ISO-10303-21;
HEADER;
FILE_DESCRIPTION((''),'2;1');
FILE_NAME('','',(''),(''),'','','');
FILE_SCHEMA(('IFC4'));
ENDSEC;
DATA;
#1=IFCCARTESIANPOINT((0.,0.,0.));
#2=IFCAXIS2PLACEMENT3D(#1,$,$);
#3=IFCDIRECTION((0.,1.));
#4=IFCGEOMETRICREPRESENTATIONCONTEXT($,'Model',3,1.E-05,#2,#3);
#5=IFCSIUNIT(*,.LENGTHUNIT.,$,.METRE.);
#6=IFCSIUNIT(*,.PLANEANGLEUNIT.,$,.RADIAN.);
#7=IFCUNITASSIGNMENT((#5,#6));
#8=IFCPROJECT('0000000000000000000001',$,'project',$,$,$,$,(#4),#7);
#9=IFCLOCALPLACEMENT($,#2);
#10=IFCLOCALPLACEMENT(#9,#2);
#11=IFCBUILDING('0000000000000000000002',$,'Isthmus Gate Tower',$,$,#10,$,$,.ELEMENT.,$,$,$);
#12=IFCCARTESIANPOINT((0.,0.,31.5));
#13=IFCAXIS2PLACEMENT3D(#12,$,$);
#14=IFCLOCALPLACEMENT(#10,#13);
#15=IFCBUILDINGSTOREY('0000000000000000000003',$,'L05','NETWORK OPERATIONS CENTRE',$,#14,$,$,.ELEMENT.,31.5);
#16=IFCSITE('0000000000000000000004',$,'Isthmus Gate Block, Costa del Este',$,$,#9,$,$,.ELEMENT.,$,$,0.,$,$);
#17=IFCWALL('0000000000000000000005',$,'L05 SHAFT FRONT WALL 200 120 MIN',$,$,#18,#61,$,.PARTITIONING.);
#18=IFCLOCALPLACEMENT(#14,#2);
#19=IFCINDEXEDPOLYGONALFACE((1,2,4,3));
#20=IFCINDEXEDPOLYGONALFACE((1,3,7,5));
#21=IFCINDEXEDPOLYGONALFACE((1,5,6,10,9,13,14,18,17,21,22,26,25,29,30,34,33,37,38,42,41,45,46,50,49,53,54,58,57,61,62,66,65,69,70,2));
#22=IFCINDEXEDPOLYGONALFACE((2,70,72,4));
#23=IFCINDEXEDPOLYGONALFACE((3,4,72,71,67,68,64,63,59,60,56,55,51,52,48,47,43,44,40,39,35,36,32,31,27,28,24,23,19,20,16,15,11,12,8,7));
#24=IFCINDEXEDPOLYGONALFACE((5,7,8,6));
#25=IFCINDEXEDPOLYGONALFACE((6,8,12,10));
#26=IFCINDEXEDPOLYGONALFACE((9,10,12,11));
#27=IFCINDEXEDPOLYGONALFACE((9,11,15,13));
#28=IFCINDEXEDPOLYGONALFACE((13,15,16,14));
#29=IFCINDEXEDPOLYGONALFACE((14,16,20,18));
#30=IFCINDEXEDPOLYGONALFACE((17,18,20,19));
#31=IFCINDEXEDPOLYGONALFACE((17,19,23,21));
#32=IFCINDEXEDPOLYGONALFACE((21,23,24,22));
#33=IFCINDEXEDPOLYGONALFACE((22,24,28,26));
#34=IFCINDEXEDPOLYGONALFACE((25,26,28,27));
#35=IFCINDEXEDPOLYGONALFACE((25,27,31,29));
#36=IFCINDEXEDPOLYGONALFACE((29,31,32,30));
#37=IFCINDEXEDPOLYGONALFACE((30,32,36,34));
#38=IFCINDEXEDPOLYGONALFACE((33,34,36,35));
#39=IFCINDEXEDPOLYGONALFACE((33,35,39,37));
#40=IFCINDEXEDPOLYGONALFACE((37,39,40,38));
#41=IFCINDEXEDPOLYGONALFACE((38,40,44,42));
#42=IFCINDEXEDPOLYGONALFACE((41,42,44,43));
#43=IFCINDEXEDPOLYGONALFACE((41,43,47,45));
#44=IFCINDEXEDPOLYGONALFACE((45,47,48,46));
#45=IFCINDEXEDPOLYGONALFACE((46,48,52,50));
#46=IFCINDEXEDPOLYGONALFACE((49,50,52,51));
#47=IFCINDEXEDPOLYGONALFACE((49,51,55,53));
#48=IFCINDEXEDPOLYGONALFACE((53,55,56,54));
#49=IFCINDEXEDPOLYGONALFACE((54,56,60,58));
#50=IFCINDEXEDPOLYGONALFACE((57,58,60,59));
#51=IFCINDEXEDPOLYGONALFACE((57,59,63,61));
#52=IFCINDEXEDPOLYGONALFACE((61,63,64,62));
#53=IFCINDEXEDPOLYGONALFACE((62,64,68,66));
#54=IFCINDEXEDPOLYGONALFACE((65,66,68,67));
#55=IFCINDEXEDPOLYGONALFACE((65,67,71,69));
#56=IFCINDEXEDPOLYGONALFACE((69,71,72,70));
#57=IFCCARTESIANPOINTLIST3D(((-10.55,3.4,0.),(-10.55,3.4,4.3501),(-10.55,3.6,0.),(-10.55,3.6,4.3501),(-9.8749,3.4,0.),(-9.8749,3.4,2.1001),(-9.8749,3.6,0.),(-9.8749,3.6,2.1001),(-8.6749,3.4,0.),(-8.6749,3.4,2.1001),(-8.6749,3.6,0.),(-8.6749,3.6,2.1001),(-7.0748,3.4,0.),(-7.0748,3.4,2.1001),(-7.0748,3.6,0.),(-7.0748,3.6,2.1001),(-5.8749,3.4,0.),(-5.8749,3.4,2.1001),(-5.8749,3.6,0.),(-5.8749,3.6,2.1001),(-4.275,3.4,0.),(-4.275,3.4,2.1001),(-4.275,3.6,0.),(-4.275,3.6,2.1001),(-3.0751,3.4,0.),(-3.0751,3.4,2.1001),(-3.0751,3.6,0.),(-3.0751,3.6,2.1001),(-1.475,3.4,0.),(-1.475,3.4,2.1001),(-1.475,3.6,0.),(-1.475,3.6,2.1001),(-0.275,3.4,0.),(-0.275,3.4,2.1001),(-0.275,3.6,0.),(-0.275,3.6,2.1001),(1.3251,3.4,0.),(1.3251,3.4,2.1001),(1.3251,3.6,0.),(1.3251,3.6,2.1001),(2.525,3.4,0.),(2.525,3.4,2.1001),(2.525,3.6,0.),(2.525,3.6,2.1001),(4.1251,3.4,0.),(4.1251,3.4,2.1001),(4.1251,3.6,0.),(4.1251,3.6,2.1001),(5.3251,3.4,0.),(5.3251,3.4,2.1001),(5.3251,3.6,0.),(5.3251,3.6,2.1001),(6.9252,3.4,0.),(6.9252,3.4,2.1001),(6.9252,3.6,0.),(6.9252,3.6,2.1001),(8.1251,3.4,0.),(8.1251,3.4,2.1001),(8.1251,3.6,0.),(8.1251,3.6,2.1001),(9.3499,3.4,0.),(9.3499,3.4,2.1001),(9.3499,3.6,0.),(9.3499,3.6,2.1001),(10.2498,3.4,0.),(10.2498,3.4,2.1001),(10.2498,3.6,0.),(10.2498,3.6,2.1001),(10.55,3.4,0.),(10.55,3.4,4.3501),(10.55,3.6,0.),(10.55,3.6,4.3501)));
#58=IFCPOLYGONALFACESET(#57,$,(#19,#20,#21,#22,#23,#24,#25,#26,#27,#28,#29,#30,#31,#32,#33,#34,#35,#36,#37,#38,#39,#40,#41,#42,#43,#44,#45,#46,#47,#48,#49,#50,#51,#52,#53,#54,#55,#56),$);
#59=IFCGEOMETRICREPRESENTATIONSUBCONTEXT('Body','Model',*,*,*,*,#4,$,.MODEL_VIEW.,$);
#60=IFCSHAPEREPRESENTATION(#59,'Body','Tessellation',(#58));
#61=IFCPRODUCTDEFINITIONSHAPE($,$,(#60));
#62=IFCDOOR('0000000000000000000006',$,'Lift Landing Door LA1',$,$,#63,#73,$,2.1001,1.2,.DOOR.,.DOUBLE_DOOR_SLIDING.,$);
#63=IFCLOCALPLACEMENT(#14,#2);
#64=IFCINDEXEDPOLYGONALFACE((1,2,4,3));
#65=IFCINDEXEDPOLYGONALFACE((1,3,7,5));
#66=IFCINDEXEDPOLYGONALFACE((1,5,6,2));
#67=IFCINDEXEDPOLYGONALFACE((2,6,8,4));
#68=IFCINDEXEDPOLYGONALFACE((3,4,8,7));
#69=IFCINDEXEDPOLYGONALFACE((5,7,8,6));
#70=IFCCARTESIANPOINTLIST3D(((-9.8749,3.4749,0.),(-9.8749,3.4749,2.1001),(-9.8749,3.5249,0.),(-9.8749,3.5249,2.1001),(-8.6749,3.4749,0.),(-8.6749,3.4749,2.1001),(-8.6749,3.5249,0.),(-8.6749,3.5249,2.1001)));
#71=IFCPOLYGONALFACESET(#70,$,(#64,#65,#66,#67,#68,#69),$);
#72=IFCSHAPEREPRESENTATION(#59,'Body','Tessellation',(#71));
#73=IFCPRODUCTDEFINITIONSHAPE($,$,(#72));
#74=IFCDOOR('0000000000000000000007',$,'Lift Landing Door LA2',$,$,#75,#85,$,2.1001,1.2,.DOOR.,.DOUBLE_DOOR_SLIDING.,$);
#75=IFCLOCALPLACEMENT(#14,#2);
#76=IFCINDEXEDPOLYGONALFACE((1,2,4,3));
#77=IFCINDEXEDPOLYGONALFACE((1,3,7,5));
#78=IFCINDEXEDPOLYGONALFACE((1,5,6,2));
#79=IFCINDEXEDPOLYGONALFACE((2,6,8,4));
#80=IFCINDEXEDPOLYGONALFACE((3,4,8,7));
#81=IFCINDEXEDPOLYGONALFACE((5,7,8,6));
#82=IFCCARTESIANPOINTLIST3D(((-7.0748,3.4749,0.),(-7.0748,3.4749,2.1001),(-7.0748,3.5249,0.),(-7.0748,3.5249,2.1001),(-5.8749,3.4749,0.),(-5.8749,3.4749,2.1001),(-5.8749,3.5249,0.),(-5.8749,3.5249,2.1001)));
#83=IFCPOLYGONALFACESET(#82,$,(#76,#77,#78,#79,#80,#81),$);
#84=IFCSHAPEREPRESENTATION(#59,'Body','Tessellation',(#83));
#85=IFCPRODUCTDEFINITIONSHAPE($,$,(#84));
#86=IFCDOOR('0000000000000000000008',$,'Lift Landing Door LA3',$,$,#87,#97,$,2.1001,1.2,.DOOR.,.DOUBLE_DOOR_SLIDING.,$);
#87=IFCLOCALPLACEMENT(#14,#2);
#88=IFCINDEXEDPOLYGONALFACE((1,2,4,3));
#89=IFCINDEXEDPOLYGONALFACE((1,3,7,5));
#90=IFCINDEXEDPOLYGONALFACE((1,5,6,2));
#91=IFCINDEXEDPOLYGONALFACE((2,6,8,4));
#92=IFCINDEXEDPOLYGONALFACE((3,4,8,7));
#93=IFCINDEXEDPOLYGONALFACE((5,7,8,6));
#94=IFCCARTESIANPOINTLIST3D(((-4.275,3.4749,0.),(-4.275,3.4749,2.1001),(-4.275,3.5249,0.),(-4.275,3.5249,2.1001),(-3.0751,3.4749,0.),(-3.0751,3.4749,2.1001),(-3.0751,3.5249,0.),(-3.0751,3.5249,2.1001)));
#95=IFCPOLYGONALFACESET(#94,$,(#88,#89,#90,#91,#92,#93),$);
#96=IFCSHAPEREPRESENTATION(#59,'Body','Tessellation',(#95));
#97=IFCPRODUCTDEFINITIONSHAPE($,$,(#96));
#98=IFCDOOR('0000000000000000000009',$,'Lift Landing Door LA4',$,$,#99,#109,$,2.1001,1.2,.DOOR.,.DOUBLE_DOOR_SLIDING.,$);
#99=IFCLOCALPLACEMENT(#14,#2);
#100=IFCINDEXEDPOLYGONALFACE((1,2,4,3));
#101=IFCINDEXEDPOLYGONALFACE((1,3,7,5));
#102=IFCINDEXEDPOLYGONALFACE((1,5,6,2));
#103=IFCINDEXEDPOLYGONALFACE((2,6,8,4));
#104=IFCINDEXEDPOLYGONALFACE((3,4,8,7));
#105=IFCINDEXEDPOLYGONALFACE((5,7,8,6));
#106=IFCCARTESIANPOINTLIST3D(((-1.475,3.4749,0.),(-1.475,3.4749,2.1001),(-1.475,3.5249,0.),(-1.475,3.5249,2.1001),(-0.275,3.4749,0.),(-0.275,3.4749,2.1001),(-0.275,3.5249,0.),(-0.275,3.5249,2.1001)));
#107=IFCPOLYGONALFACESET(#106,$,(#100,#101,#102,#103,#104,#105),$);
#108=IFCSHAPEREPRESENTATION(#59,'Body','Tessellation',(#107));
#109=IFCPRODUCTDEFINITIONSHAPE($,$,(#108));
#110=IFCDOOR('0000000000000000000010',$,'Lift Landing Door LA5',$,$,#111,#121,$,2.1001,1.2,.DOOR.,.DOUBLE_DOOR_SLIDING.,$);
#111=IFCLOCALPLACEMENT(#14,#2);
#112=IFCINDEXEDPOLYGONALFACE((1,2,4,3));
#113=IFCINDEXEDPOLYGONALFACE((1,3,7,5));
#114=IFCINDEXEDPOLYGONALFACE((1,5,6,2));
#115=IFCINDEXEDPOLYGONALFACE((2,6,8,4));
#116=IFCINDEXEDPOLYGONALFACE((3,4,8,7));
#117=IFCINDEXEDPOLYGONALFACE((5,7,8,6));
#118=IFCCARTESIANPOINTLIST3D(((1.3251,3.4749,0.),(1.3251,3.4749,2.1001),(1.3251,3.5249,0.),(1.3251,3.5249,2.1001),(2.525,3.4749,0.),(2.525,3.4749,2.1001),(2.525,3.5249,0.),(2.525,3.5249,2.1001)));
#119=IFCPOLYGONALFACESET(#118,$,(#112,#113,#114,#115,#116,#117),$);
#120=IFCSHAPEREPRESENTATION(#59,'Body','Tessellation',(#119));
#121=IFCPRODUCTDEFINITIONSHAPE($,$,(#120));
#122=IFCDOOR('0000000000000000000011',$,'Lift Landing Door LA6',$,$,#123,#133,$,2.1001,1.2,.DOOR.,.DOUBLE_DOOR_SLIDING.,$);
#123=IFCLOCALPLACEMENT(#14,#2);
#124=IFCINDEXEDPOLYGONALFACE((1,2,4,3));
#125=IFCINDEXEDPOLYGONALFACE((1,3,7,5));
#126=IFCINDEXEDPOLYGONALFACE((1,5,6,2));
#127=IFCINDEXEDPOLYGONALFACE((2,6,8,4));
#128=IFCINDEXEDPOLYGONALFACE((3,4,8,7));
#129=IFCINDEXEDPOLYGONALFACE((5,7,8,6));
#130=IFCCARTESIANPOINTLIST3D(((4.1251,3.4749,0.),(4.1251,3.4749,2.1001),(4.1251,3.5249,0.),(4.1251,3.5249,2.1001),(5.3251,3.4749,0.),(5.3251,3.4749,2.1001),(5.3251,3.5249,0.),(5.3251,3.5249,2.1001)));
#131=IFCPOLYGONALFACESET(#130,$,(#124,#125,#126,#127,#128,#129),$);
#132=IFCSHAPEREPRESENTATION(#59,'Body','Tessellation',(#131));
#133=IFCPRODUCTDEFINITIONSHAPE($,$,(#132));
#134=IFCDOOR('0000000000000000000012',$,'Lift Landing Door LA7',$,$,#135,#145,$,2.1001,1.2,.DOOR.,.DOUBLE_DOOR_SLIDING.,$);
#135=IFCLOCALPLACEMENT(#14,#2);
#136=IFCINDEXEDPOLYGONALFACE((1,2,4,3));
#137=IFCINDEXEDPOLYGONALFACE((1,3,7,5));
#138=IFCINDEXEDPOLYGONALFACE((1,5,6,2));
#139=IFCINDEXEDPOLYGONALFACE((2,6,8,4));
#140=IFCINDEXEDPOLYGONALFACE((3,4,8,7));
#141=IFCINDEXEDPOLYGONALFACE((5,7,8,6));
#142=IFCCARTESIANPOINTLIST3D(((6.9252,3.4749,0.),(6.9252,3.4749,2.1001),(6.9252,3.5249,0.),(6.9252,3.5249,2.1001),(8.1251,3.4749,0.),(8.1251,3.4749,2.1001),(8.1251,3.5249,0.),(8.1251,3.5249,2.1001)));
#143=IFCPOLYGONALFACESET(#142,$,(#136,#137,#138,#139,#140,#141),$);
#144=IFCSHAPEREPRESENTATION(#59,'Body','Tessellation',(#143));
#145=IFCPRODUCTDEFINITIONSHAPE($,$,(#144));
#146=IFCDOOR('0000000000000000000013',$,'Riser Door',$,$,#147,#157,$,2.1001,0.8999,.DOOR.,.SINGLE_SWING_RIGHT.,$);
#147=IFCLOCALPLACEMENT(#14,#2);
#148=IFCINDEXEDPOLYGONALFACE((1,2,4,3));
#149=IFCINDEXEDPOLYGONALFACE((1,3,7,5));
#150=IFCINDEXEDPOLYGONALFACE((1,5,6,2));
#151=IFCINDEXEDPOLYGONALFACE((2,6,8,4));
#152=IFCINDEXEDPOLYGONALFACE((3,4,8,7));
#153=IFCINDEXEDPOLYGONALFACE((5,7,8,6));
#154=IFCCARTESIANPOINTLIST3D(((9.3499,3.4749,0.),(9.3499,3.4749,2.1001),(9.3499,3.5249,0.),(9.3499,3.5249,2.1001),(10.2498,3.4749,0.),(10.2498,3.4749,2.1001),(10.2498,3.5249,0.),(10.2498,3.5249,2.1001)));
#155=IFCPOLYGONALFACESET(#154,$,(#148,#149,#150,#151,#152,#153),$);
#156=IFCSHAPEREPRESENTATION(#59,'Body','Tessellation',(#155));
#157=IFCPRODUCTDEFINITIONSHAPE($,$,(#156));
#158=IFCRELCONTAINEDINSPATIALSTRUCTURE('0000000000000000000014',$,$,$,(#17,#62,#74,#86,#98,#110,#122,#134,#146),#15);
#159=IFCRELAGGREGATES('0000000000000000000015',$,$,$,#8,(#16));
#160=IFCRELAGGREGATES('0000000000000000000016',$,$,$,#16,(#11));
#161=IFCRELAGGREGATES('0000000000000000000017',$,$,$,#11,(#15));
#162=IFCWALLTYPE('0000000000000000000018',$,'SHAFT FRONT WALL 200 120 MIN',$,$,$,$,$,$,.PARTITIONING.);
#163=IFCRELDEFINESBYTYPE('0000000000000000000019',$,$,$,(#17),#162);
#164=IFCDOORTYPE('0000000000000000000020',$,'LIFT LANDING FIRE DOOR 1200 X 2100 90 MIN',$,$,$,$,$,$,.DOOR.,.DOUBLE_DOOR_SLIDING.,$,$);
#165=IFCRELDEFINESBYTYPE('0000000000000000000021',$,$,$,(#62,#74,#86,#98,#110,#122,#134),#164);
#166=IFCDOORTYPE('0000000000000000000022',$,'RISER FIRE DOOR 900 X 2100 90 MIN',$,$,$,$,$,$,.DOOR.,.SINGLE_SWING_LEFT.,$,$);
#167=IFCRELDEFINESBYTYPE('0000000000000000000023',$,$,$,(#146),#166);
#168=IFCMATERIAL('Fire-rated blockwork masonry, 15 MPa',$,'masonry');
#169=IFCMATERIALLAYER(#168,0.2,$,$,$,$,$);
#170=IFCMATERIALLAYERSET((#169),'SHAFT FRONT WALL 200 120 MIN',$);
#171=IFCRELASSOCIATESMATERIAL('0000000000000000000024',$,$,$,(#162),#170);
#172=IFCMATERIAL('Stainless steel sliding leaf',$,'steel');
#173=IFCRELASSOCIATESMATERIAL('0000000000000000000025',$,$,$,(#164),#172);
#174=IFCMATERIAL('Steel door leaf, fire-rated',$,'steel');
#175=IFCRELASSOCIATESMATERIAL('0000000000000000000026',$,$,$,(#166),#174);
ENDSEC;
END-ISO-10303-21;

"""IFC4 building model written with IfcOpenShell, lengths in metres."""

from ifc_helpers import new_model, si_unit, direction, frame, frame_2d, origin, place, context, subcontext, project, spatial, rectangle, extrude, material, layer, layer_set, type_object, element, fill, save


model = new_model("IFC4")

# Units and contexts
model_context = context("Model", 3, precision=1e-05, world=origin(), true_north=direction((0.0, 1.0)))
body_context = subcontext(model_context, "Body", "Model", "MODEL_VIEW")
ifc_project = project(units=[si_unit("LENGTHUNIT", "METRE"), si_unit("PLANEANGLEUNIT", "RADIAN")], contexts=[model_context])

# Site, building, storey
site_placement = place(None, origin())
site = spatial("IfcSite", under=ifc_project, at=site_placement, Name="Isthmus Gate Block, Costa del Este", CompositionType="ELEMENT", RefElevation=0.0)
building_placement = place(site_placement, origin())
building = spatial("IfcBuilding", under=site, at=building_placement, Name="Isthmus Gate Tower", CompositionType="ELEMENT")
storey_placement = place(building_placement, frame((0.0, 0.0, 31.5)))
storey = spatial("IfcBuildingStorey", under=building, at=storey_placement, Name="L05", Description="NETWORK OPERATIONS CENTRE", CompositionType="ELEMENT", Elevation=31.5)

# Wall, openings, doors
ifc_material_1 = material(Name="Fire-rated blockwork masonry, 15 MPa", Category="masonry")
ifc_layer_1 = layer(ifc_material_1, 0.2)
ifc_layer_set_1 = layer_set([ifc_layer_1], Name="SHAFT FRONT WALL 200 120 MIN")
wall_type_1 = type_object("IfcWallType", Name="SHAFT FRONT WALL 200 120 MIN", PredefinedType="PARTITIONING", material=ifc_layer_set_1)
wall_1_placement = place(storey_placement, frame((-10.55, 3.5, 0.0), z_axis=(0.0, 0.0, 1.0), x_axis=(1.0, 0.0, 0.0)))
wall_1 = element("IfcWall", 1, at=wall_1_placement, inside=storey, type_object=wall_type_1, Name="L05 SHAFT FRONT WALL 200 120 MIN", PredefinedType="PARTITIONING", context=body_context, shape_type="SweptSolid", body=[
    extrude(rectangle(XDim=21.1001, YDim=0.2, at=frame_2d((10.55, 0.0))), origin(), (0.0, 0.0, 1.0), 4.3501),
])
opening_1_placement = place(wall_1_placement, frame((0.675, 0.0, 0.0)))
opening_1 = element("IfcOpeningElement", 2, at=opening_1_placement, cuts=wall_1, PredefinedType="OPENING", context=body_context, shape_type="SweptSolid", body=[
    extrude(rectangle(XDim=1.2, YDim=2.1001, at=frame_2d((0.6001, 1.05))), frame((0.0, 0.1099, 0.0), z_axis=(0.0, -1.0, 0.0), x_axis=(1.0, 0.0, 0.0)), (0.0, 0.0, 1.0), 0.22),
])
opening_2_placement = place(wall_1_placement, frame((3.4751, 0.0, 0.0)))
opening_2 = element("IfcOpeningElement", 3, at=opening_2_placement, cuts=wall_1, PredefinedType="OPENING", context=body_context, shape_type="SweptSolid", body=[
    extrude(rectangle(XDim=1.2, YDim=2.1001, at=frame_2d((0.6001, 1.05))), frame((0.0, 0.1099, 0.0), z_axis=(0.0, -1.0, 0.0), x_axis=(1.0, 0.0, 0.0)), (0.0, 0.0, 1.0), 0.22),
])
opening_3_placement = place(wall_1_placement, frame((6.2749, 0.0, 0.0)))
opening_3 = element("IfcOpeningElement", 4, at=opening_3_placement, cuts=wall_1, PredefinedType="OPENING", context=body_context, shape_type="SweptSolid", body=[
    extrude(rectangle(XDim=1.2, YDim=2.1001, at=frame_2d((0.6001, 1.05))), frame((0.0, 0.1099, 0.0), z_axis=(0.0, -1.0, 0.0), x_axis=(1.0, 0.0, 0.0)), (0.0, 0.0, 1.0), 0.22),
])
opening_4_placement = place(wall_1_placement, frame((9.075, 0.0, 0.0)))
opening_4 = element("IfcOpeningElement", 5, at=opening_4_placement, cuts=wall_1, PredefinedType="OPENING", context=body_context, shape_type="SweptSolid", body=[
    extrude(rectangle(XDim=1.2, YDim=2.1001, at=frame_2d((0.6001, 1.05))), frame((0.0, 0.1099, 0.0), z_axis=(0.0, -1.0, 0.0), x_axis=(1.0, 0.0, 0.0)), (0.0, 0.0, 1.0), 0.22),
])
opening_5_placement = place(wall_1_placement, frame((11.875, 0.0, 0.0)))
opening_5 = element("IfcOpeningElement", 6, at=opening_5_placement, cuts=wall_1, PredefinedType="OPENING", context=body_context, shape_type="SweptSolid", body=[
    extrude(rectangle(XDim=1.2, YDim=2.1001, at=frame_2d((0.6001, 1.05))), frame((0.0, 0.1099, 0.0), z_axis=(0.0, -1.0, 0.0), x_axis=(1.0, 0.0, 0.0)), (0.0, 0.0, 1.0), 0.22),
])
opening_6_placement = place(wall_1_placement, frame((14.675, 0.0, 0.0)))
opening_6 = element("IfcOpeningElement", 7, at=opening_6_placement, cuts=wall_1, PredefinedType="OPENING", context=body_context, shape_type="SweptSolid", body=[
    extrude(rectangle(XDim=1.2, YDim=2.1001, at=frame_2d((0.6001, 1.05))), frame((0.0, 0.1099, 0.0), z_axis=(0.0, -1.0, 0.0), x_axis=(1.0, 0.0, 0.0)), (0.0, 0.0, 1.0), 0.22),
])
opening_7_placement = place(wall_1_placement, frame((17.4751, 0.0, 0.0)))
opening_7 = element("IfcOpeningElement", 8, at=opening_7_placement, cuts=wall_1, PredefinedType="OPENING", context=body_context, shape_type="SweptSolid", body=[
    extrude(rectangle(XDim=1.2, YDim=2.1001, at=frame_2d((0.6001, 1.05))), frame((0.0, 0.1099, 0.0), z_axis=(0.0, -1.0, 0.0), x_axis=(1.0, 0.0, 0.0)), (0.0, 0.0, 1.0), 0.22),
])
opening_8_placement = place(wall_1_placement, frame((19.8999, 0.0, 0.0)))
opening_8 = element("IfcOpeningElement", 9, at=opening_8_placement, cuts=wall_1, PredefinedType="OPENING", context=body_context, shape_type="SweptSolid", body=[
    extrude(rectangle(XDim=0.8999, YDim=2.1001, at=frame_2d((0.45, 1.05))), frame((0.0, 0.1099, 0.0), z_axis=(0.0, -1.0, 0.0), x_axis=(1.0, 0.0, 0.0)), (0.0, 0.0, 1.0), 0.22),
])
ifc_material_2 = material(Name="Stainless steel sliding leaf", Category="steel")
door_type_1 = type_object("IfcDoorType", Name="LIFT LANDING FIRE DOOR 1200 X 2100 90 MIN", OperationType="DOUBLE_DOOR_SLIDING", PredefinedType="DOOR", material=ifc_material_2)
door_1_placement = place(opening_1_placement, origin())
door_1 = element("IfcDoor", 10, at=door_1_placement, inside=storey, type_object=door_type_1, Name="Lift Landing Door LA1", OperationType="DOUBLE_DOOR_SLIDING", OverallHeight=2.1001, OverallWidth=1.2, PredefinedType="DOOR", context=body_context, shape_type="SweptSolid", body=[
    extrude(rectangle(XDim=1.2, YDim=2.1001, at=frame_2d((0.6001, 1.05))), frame((0.0, 0.0249, 0.0), z_axis=(0.0, -1.0, 0.0), x_axis=(1.0, 0.0, 0.0)), (0.0, 0.0, 1.0), 0.05),
])
fill(opening_1, door_1)
door_2_placement = place(opening_2_placement, origin())
door_2 = element("IfcDoor", 11, at=door_2_placement, inside=storey, type_object=door_type_1, Name="Lift Landing Door LA2", OperationType="DOUBLE_DOOR_SLIDING", OverallHeight=2.1001, OverallWidth=1.2, PredefinedType="DOOR", context=body_context, shape_type="SweptSolid", body=[
    extrude(rectangle(XDim=1.2, YDim=2.1001, at=frame_2d((0.6001, 1.05))), frame((0.0, 0.0249, 0.0), z_axis=(0.0, -1.0, 0.0), x_axis=(1.0, 0.0, 0.0)), (0.0, 0.0, 1.0), 0.05),
])
fill(opening_2, door_2)
door_3_placement = place(opening_3_placement, origin())
door_3 = element("IfcDoor", 12, at=door_3_placement, inside=storey, type_object=door_type_1, Name="Lift Landing Door LA3", OperationType="DOUBLE_DOOR_SLIDING", OverallHeight=2.1001, OverallWidth=1.2, PredefinedType="DOOR", context=body_context, shape_type="SweptSolid", body=[
    extrude(rectangle(XDim=1.2, YDim=2.1001, at=frame_2d((0.6001, 1.05))), frame((0.0, 0.0249, 0.0), z_axis=(0.0, -1.0, 0.0), x_axis=(1.0, 0.0, 0.0)), (0.0, 0.0, 1.0), 0.05),
])
fill(opening_3, door_3)
door_4_placement = place(opening_4_placement, origin())
door_4 = element("IfcDoor", 13, at=door_4_placement, inside=storey, type_object=door_type_1, Name="Lift Landing Door LA4", OperationType="DOUBLE_DOOR_SLIDING", OverallHeight=2.1001, OverallWidth=1.2, PredefinedType="DOOR", context=body_context, shape_type="SweptSolid", body=[
    extrude(rectangle(XDim=1.2, YDim=2.1001, at=frame_2d((0.6001, 1.05))), frame((0.0, 0.0249, 0.0), z_axis=(0.0, -1.0, 0.0), x_axis=(1.0, 0.0, 0.0)), (0.0, 0.0, 1.0), 0.05),
])
fill(opening_4, door_4)
door_5_placement = place(opening_5_placement, origin())
door_5 = element("IfcDoor", 14, at=door_5_placement, inside=storey, type_object=door_type_1, Name="Lift Landing Door LA5", OperationType="DOUBLE_DOOR_SLIDING", OverallHeight=2.1001, OverallWidth=1.2, PredefinedType="DOOR", context=body_context, shape_type="SweptSolid", body=[
    extrude(rectangle(XDim=1.2, YDim=2.1001, at=frame_2d((0.6001, 1.05))), frame((0.0, 0.0249, 0.0), z_axis=(0.0, -1.0, 0.0), x_axis=(1.0, 0.0, 0.0)), (0.0, 0.0, 1.0), 0.05),
])
fill(opening_5, door_5)
door_6_placement = place(opening_6_placement, origin())
door_6 = element("IfcDoor", 15, at=door_6_placement, inside=storey, type_object=door_type_1, Name="Lift Landing Door LA6", OperationType="DOUBLE_DOOR_SLIDING", OverallHeight=2.1001, OverallWidth=1.2, PredefinedType="DOOR", context=body_context, shape_type="SweptSolid", body=[
    extrude(rectangle(XDim=1.2, YDim=2.1001, at=frame_2d((0.6001, 1.05))), frame((0.0, 0.0249, 0.0), z_axis=(0.0, -1.0, 0.0), x_axis=(1.0, 0.0, 0.0)), (0.0, 0.0, 1.0), 0.05),
])
fill(opening_6, door_6)
door_7_placement = place(opening_7_placement, origin())
door_7 = element("IfcDoor", 16, at=door_7_placement, inside=storey, type_object=door_type_1, Name="Lift Landing Door LA7", OperationType="DOUBLE_DOOR_SLIDING", OverallHeight=2.1001, OverallWidth=1.2, PredefinedType="DOOR", context=body_context, shape_type="SweptSolid", body=[
    extrude(rectangle(XDim=1.2, YDim=2.1001, at=frame_2d((0.6001, 1.05))), frame((0.0, 0.0249, 0.0), z_axis=(0.0, -1.0, 0.0), x_axis=(1.0, 0.0, 0.0)), (0.0, 0.0, 1.0), 0.05),
])
fill(opening_7, door_7)
ifc_material_3 = material(Name="Steel door leaf, fire-rated", Category="steel")
door_type_2 = type_object("IfcDoorType", Name="RISER FIRE DOOR 900 X 2100 90 MIN", OperationType="SINGLE_SWING_LEFT", PredefinedType="DOOR", material=ifc_material_3)
door_8_placement = place(opening_8_placement, origin())
door_8 = element("IfcDoor", 17, at=door_8_placement, inside=storey, type_object=door_type_2, Name="Riser Door", OperationType="SINGLE_SWING_RIGHT", OverallHeight=2.1001, OverallWidth=0.8999, PredefinedType="DOOR", context=body_context, shape_type="SweptSolid", body=[
    extrude(rectangle(XDim=0.8999, YDim=2.1001, at=frame_2d((0.45, 1.05))), frame((0.0, 0.0249, 0.0), z_axis=(0.0, -1.0, 0.0), x_axis=(1.0, 0.0, 0.0)), (0.0, 0.0, 1.0), 0.05),
])
fill(opening_8, door_8)

save(model, "model.ifc")
